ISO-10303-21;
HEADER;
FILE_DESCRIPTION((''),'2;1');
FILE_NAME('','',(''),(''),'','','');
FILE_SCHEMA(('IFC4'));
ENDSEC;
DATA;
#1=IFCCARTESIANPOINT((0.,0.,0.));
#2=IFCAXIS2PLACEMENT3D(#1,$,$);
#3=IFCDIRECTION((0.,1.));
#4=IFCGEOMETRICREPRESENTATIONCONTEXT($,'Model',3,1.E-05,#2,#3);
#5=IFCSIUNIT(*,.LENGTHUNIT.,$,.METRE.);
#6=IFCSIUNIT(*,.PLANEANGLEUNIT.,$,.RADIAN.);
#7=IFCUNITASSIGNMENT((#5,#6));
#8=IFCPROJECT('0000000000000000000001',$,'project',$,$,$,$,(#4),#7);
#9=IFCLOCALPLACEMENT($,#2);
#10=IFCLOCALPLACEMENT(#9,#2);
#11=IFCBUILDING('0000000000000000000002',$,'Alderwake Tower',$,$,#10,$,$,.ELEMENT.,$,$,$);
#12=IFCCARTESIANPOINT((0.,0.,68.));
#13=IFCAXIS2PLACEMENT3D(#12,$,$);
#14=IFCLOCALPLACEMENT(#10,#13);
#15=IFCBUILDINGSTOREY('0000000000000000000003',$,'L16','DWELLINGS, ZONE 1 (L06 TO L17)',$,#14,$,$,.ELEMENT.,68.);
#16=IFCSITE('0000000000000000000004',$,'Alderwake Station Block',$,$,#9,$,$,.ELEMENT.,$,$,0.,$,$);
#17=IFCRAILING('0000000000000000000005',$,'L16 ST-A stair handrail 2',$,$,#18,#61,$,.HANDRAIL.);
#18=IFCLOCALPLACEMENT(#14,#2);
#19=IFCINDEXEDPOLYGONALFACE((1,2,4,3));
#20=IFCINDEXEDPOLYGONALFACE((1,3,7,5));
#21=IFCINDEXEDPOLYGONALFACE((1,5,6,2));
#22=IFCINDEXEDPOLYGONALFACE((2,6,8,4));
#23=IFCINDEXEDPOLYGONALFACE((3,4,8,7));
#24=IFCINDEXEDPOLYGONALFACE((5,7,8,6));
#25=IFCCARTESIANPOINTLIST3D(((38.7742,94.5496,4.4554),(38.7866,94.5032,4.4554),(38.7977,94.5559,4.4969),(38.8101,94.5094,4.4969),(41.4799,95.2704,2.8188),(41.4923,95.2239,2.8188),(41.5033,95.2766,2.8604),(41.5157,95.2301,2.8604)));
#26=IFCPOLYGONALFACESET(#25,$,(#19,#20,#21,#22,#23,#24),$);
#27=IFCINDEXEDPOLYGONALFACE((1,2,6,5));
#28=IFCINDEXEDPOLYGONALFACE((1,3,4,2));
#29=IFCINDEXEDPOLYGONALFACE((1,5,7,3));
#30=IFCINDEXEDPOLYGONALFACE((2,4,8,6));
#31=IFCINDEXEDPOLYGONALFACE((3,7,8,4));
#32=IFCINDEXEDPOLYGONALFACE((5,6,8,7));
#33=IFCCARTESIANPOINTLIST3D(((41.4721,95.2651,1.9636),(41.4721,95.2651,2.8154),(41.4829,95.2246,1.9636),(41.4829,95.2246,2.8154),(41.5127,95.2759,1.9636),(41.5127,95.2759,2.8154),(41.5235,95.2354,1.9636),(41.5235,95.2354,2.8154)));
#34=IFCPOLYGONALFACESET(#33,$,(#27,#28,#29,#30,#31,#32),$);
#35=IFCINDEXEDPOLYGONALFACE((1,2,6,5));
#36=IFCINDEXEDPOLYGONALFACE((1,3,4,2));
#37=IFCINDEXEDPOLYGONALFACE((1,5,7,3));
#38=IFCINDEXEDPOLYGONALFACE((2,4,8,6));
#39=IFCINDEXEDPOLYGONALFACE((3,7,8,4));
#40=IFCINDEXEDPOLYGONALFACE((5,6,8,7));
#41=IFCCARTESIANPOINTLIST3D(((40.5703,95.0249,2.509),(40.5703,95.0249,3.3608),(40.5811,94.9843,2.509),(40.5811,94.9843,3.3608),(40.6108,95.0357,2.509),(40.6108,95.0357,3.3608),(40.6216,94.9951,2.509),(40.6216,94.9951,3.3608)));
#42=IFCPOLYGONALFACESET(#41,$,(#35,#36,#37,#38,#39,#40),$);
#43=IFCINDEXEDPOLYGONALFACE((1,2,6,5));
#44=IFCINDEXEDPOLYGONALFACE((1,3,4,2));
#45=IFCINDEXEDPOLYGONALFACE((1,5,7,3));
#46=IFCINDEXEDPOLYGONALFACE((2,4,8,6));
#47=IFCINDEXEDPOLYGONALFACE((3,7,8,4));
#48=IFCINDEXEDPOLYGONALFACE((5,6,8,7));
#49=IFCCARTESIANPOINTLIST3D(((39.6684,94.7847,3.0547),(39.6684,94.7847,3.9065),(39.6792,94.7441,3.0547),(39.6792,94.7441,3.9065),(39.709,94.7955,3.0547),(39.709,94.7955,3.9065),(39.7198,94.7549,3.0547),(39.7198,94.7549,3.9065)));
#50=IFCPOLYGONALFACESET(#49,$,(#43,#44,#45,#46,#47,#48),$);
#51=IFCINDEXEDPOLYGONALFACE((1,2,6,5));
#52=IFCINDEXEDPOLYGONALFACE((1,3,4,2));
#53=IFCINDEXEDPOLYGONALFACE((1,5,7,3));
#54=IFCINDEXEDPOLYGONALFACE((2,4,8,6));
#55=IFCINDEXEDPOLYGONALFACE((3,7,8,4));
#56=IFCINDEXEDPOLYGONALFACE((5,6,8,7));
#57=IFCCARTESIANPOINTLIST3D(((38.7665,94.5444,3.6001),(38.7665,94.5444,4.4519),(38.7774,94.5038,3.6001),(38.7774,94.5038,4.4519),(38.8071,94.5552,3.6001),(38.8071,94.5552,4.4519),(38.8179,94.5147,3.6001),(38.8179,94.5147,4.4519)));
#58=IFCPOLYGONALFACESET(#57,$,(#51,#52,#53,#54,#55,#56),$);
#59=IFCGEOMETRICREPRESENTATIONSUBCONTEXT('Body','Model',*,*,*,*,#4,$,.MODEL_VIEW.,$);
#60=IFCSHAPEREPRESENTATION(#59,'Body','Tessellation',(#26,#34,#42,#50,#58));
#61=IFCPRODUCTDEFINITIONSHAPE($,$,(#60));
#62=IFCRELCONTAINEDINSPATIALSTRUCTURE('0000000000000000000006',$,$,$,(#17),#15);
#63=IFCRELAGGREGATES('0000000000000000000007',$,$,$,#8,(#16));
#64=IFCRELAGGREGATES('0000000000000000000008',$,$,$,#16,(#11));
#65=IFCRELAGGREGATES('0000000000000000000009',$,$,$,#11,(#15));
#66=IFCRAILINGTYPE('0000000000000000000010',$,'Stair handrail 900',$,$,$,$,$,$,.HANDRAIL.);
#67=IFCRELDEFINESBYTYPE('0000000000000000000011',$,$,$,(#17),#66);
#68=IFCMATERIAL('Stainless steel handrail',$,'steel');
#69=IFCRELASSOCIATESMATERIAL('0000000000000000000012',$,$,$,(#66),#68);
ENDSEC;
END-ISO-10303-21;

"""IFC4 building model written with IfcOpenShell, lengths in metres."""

from ifc_helpers import new_model, si_unit, direction, frame, origin, origin_2d, place, context, subcontext, project, spatial, rectangle, extrude, material, type_object, element, save


model = new_model("IFC4")

# Units and contexts
model_context = context("Model", 3, precision=1e-05, world=origin(), true_north=direction((0.0, 1.0)))
body_context = subcontext(model_context, "Body", "Model", "MODEL_VIEW")
ifc_project = project(units=[si_unit("LENGTHUNIT", "METRE"), si_unit("PLANEANGLEUNIT", "RADIAN")], contexts=[model_context])

# Site, building, storey
site_placement = place(None, origin())
site = spatial("IfcSite", under=ifc_project, at=site_placement, Name="Alderwake Station Block", CompositionType="ELEMENT", RefElevation=0.0)
building_placement = place(site_placement, origin())
building = spatial("IfcBuilding", under=site, at=building_placement, Name="Alderwake Tower", CompositionType="ELEMENT")
storey_placement = place(building_placement, frame((0.0, 0.0, 68.0)))
storey = spatial("IfcBuildingStorey", under=building, at=storey_placement, Name="L16", Description="DWELLINGS, ZONE 1 (L06 TO L17)", CompositionType="ELEMENT", Elevation=68.0)

# Railing
ifc_material_1 = material(Name="Stainless steel handrail", Category="steel")
railing_type_1 = type_object("IfcRailingType", Name="Stair handrail 900", PredefinedType="HANDRAIL", material=ifc_material_1)
railing_1_placement = place(storey_placement, frame((41.4978, 95.2502, 1.9636)))
element("IfcRailing", 1, at=railing_1_placement, inside=storey, type_object=railing_type_1, Name="L16 ST-A stair handrail 2", PredefinedType="HANDRAIL", context=body_context, shape_type="SweptSolid", body=[
    extrude(rectangle(XDim=0.0481, YDim=0.0481, at=origin_2d()), frame((0.0, 0.0, 0.876), z_axis=(-0.834259, -0.222228, 0.504605), x_axis=(0.257402, -0.966304, 0.0)), (0.0, 0.0, 1.0), 3.2432),
    extrude(rectangle(XDim=0.042, YDim=0.042, at=origin_2d()), frame((0.0, 0.0, 0.0), z_axis=(0.0, 0.0, 1.0), x_axis=(-0.966304, -0.257402, 0.0)), (0.0, 0.0, 1.0), 0.8518),
    extrude(rectangle(XDim=0.042, YDim=0.042, at=origin_2d()), frame((-0.9019, -0.2402, 0.5454), z_axis=(0.0, 0.0, 1.0), x_axis=(-0.966304, -0.257402, 0.0)), (0.0, 0.0, 1.0), 0.8518),
    extrude(rectangle(XDim=0.042, YDim=0.042, at=origin_2d()), frame((-1.8037, -0.4805, 1.0911), z_axis=(0.0, 0.0, 1.0), x_axis=(-0.966304, -0.257402, 0.0)), (0.0, 0.0, 1.0), 0.8518),
    extrude(rectangle(XDim=0.042, YDim=0.042, at=origin_2d()), frame((-2.7056, -0.7207, 1.6365), z_axis=(0.0, 0.0, 1.0), x_axis=(-0.966304, -0.257402, 0.0)), (0.0, 0.0, 1.0), 0.8518),
])

save(model, "model.ifc")
